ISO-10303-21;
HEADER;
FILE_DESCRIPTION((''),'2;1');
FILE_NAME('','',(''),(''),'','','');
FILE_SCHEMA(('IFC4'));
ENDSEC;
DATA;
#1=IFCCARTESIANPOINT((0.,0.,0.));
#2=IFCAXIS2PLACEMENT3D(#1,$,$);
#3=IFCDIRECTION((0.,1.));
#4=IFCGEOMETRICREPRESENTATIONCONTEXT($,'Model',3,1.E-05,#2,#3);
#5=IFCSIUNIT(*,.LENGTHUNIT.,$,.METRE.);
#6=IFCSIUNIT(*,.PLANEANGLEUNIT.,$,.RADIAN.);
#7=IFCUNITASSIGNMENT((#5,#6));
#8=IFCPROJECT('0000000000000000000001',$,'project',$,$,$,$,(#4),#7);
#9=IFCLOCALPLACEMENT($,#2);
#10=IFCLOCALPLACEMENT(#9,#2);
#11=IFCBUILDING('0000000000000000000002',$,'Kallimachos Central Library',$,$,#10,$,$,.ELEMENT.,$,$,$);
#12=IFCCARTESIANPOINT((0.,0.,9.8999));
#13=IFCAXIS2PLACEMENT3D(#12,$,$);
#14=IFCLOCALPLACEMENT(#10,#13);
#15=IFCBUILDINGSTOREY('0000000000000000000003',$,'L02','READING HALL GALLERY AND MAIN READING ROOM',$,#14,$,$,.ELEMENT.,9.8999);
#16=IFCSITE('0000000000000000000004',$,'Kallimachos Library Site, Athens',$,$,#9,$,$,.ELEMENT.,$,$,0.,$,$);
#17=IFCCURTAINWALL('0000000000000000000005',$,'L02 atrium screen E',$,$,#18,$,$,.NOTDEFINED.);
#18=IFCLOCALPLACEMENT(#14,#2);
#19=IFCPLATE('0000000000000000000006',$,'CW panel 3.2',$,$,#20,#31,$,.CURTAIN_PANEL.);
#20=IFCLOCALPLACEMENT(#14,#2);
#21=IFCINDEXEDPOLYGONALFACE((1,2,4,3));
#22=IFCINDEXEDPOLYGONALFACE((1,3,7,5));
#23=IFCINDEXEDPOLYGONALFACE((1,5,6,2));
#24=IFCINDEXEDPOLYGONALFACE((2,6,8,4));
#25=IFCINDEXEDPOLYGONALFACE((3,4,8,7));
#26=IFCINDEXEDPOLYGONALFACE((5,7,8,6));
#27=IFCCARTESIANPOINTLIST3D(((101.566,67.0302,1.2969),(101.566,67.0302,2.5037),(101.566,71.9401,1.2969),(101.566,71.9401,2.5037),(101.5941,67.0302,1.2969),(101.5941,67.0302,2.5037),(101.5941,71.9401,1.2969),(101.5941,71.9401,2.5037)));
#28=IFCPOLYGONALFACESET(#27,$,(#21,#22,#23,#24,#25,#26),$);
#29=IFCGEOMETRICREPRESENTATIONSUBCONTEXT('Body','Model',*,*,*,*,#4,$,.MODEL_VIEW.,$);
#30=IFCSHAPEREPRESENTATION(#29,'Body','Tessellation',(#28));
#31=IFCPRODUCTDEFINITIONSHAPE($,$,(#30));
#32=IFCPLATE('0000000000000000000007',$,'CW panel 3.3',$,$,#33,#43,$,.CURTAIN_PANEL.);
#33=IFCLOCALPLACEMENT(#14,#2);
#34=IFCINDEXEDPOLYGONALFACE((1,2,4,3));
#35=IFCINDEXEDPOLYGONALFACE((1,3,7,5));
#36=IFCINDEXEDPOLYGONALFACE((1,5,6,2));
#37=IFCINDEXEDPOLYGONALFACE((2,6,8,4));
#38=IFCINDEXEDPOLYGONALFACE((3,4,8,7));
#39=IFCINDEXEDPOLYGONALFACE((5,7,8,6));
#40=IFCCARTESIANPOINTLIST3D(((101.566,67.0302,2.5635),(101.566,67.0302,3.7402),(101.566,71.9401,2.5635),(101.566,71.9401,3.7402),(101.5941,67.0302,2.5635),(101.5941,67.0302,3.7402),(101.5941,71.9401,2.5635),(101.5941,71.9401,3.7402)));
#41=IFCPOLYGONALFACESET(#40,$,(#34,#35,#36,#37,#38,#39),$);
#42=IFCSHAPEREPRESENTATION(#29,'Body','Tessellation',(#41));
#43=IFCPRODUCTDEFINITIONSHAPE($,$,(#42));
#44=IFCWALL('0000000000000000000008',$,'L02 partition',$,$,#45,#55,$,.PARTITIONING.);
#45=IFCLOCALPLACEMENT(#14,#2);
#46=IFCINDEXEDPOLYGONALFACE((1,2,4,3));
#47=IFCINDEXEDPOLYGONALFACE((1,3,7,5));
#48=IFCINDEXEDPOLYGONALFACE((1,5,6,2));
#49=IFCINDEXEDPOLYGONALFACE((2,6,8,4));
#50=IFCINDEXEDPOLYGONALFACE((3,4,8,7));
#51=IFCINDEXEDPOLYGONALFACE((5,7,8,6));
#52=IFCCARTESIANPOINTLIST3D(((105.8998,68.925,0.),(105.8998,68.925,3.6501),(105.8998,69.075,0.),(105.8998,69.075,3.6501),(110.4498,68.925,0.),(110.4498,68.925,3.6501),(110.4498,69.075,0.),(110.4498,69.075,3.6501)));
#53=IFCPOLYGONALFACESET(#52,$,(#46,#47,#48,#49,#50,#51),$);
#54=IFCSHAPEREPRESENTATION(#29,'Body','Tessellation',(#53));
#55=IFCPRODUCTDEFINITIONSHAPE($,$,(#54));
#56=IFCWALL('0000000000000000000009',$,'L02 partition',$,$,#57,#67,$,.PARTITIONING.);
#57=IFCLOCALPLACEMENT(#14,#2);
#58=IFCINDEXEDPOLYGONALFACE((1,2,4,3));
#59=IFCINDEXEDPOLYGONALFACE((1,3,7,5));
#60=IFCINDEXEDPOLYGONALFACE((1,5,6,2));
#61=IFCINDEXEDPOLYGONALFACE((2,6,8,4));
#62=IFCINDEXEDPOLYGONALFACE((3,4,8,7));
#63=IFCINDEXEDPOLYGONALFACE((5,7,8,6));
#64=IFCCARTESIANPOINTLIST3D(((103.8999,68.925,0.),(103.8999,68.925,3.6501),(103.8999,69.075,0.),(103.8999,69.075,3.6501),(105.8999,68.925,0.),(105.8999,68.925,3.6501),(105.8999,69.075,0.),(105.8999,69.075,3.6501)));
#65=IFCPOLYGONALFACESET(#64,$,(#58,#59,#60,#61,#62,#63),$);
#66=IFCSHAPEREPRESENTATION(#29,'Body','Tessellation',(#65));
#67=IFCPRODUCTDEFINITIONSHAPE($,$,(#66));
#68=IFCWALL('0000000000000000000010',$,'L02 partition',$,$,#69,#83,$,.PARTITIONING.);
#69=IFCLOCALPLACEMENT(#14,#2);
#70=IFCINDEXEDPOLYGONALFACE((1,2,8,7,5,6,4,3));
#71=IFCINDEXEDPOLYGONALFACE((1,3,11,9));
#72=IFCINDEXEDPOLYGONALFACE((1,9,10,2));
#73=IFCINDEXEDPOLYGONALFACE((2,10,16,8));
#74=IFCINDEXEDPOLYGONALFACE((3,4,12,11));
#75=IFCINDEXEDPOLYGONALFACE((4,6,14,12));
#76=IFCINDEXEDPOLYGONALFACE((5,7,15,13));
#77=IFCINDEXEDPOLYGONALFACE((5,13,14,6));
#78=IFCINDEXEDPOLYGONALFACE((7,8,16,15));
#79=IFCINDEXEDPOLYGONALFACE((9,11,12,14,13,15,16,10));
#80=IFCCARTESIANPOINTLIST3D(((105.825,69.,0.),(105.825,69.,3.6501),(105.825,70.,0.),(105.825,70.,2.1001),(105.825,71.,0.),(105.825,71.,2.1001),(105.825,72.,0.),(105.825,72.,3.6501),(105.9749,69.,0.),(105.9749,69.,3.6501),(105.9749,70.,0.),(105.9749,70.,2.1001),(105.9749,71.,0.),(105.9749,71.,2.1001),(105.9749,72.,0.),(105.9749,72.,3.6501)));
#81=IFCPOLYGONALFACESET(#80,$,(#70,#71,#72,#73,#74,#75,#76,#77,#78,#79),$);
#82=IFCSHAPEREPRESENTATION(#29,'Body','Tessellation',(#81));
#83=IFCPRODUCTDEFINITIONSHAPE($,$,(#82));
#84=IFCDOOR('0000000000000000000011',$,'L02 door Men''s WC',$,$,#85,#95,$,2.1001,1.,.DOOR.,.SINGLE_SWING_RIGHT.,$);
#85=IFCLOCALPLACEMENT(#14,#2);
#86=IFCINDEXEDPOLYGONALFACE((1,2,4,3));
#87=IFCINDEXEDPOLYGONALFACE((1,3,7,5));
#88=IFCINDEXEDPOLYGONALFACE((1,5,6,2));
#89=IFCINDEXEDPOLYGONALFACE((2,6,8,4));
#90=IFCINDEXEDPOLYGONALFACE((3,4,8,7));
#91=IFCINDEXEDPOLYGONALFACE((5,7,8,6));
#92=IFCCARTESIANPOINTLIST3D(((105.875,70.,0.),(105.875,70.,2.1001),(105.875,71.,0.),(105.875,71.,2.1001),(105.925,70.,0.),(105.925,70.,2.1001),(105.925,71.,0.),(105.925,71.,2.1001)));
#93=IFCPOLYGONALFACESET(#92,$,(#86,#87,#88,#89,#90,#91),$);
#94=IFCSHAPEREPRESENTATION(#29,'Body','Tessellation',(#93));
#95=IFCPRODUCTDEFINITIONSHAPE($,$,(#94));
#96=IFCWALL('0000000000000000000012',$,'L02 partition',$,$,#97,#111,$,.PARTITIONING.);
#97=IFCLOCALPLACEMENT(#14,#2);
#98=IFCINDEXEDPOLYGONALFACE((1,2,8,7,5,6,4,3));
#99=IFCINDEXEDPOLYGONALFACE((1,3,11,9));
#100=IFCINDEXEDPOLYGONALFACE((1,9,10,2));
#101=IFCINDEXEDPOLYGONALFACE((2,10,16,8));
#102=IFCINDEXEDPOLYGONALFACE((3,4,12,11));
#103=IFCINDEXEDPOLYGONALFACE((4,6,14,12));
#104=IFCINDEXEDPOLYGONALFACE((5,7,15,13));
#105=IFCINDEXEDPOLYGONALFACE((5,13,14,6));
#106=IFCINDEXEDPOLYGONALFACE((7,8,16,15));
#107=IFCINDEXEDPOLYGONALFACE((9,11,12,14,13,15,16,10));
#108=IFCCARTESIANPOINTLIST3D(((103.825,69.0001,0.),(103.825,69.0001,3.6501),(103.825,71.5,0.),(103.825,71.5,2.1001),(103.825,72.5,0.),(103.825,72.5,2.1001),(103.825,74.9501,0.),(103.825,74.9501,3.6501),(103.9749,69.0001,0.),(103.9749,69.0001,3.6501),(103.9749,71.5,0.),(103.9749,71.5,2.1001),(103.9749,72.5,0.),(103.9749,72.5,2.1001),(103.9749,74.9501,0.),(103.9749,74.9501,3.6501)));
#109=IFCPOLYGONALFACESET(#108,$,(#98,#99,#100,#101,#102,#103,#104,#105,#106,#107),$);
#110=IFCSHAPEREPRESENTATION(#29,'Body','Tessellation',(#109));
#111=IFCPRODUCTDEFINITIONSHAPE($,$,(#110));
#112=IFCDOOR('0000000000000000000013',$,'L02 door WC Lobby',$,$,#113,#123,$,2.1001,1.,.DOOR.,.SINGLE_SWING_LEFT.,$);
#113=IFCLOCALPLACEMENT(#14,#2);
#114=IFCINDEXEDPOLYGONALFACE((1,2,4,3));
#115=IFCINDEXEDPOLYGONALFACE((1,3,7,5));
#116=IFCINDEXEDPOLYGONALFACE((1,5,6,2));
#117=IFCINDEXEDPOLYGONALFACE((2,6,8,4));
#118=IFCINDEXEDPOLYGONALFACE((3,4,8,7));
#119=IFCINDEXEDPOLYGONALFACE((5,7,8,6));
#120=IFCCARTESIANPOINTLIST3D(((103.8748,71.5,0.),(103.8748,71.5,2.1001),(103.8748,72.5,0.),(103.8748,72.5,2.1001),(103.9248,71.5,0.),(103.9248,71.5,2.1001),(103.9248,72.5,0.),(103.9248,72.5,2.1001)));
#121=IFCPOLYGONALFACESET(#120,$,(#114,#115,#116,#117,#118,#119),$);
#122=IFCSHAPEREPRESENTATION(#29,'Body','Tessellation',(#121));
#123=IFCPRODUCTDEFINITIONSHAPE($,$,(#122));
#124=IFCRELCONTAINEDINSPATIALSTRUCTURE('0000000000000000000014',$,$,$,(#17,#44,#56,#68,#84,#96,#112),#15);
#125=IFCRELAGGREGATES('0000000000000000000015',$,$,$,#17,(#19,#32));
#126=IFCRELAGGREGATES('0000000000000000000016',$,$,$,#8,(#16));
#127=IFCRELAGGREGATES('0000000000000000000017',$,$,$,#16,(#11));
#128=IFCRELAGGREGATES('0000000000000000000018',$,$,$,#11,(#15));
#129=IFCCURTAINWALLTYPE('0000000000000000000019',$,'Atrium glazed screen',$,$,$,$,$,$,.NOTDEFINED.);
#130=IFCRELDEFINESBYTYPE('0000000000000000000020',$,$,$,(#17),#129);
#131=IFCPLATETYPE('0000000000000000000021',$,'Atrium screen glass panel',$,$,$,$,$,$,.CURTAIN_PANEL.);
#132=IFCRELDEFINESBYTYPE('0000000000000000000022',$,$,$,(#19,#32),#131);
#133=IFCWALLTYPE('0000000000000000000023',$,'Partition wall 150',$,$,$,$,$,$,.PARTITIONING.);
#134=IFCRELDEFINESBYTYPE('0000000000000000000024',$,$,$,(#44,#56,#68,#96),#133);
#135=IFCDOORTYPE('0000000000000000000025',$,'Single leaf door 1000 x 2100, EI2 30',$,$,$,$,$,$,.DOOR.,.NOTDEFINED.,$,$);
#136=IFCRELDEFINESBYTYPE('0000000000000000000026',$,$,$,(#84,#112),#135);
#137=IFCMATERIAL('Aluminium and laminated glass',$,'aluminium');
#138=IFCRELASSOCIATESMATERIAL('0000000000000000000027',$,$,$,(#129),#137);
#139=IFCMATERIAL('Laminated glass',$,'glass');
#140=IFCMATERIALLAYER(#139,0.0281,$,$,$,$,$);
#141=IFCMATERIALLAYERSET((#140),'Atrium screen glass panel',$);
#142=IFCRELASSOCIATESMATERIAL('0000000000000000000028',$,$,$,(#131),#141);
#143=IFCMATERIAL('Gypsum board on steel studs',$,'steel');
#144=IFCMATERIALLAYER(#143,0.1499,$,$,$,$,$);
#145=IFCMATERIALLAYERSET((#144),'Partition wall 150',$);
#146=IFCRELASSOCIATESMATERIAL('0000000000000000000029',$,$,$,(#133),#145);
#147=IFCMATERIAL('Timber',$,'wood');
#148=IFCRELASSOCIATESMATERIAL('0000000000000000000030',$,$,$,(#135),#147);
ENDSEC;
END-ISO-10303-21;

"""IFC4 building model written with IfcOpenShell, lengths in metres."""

from ifc_helpers import new_model, si_unit, direction, frame, frame_2d, origin, origin_2d, place, context, subcontext, project, spatial, rectangle, extrude, material, layer, layer_set, type_object, element, fill, aggregate, save


model = new_model("IFC4")

# Units and contexts
model_context = context("Model", 3, precision=1e-05, world=origin(), true_north=direction((0.0, 1.0)))
body_context = subcontext(model_context, "Body", "Model", "MODEL_VIEW")
ifc_project = project(units=[si_unit("LENGTHUNIT", "METRE"), si_unit("PLANEANGLEUNIT", "RADIAN")], contexts=[model_context])

# Site, building, storey
site_placement = place(None, origin())
site = spatial("IfcSite", under=ifc_project, at=site_placement, Name="Kallimachos Library Site, Athens", CompositionType="ELEMENT", RefElevation=0.0)
building_placement = place(site_placement, origin())
building = spatial("IfcBuilding", under=site, at=building_placement, Name="Kallimachos Central Library", CompositionType="ELEMENT")
storey_placement = place(building_placement, frame((0.0, 0.0, 9.8999)))
storey = spatial("IfcBuildingStorey", under=building, at=storey_placement, Name="L02", Description="READING HALL GALLERY AND MAIN READING ROOM", CompositionType="ELEMENT", Elevation=9.8999)

# Curtain wall
ifc_material_1 = material(Name="Aluminium and laminated glass", Category="aluminium")
curtain_wall_type_1 = type_object("IfcCurtainWallType", Name="Atrium glazed screen", PredefinedType="NOTDEFINED", material=ifc_material_1)
curtain_wall_1_placement = place(storey_placement, origin())
curtain_wall_1 = element("IfcCurtainWall", 1, at=curtain_wall_1_placement, inside=storey, type_object=curtain_wall_type_1, Name="L02 atrium screen E", PredefinedType="NOTDEFINED")

# Plates
ifc_material_2 = material(Name="Laminated glass", Category="glass")
ifc_layer_1 = layer(ifc_material_2, 0.0281)
ifc_layer_set_1 = layer_set([ifc_layer_1], Name="Atrium screen glass panel")
plate_type = type_object("IfcPlateType", Name="Atrium screen glass panel", PredefinedType="CURTAIN_PANEL", material=ifc_layer_set_1)
plate_1_placement = place(storey_placement, frame((101.5801, 69.4851, 1.2969), z_axis=(0.0, 0.0, 1.0), x_axis=(0.0, 1.0, 0.0)))
plate_1 = element("IfcPlate", 2, at=plate_1_placement, type_object=plate_type, Name="CW panel 3.2", PredefinedType="CURTAIN_PANEL", context=body_context, shape_type="SweptSolid", body=[
    extrude(rectangle(XDim=4.9099, YDim=0.0281, at=origin_2d()), origin(), (0.0, 0.0, 1.0), 1.2068),
])
plate_2_placement = place(storey_placement, frame((101.5801, 69.4851, 2.5635), z_axis=(0.0, 0.0, 1.0), x_axis=(0.0, 1.0, 0.0)))
plate_2 = element("IfcPlate", 3, at=plate_2_placement, type_object=plate_type, Name="CW panel 3.3", PredefinedType="CURTAIN_PANEL", context=body_context, shape_type="SweptSolid", body=[
    extrude(rectangle(XDim=4.9099, YDim=0.0281, at=origin_2d()), origin(), (0.0, 0.0, 1.0), 1.1768),
])
aggregate(curtain_wall_1, [plate_1, plate_2])

# Walls
ifc_material_3 = material(Name="Gypsum board on steel studs", Category="steel")
ifc_layer_2 = layer(ifc_material_3, 0.1499)
ifc_layer_set_2 = layer_set([ifc_layer_2], Name="Partition wall 150")
wall_type_1 = type_object("IfcWallType", Name="Partition wall 150", PredefinedType="PARTITIONING", material=ifc_layer_set_2)
wall_1_placement = place(storey_placement, frame((105.8999, 69.0, 0.0), z_axis=(0.0, 0.0, 1.0), x_axis=(1.0, 0.0, 0.0)))
element("IfcWall", 4, at=wall_1_placement, inside=storey, type_object=wall_type_1, Name="L02 partition", PredefinedType="PARTITIONING", context=body_context, shape_type="SweptSolid", body=[
    extrude(rectangle(XDim=4.55, YDim=0.1499, at=frame_2d((2.2749, 0.0))), origin(), (0.0, 0.0, 1.0), 3.6501),
])
wall_2_placement = place(storey_placement, frame((103.8999, 69.0, 0.0), z_axis=(0.0, 0.0, 1.0), x_axis=(1.0, 0.0, 0.0)))
element("IfcWall", 5, at=wall_2_placement, inside=storey, type_object=wall_type_1, Name="L02 partition", PredefinedType="PARTITIONING", context=body_context, shape_type="SweptSolid", body=[
    extrude(rectangle(XDim=2.0, YDim=0.1499, at=frame_2d((1.0, 0.0))), origin(), (0.0, 0.0, 1.0), 3.6501),
])

# Walls, openings, doors
wall_3_placement = place(storey_placement, frame((105.8999, 69.0, 0.0), z_axis=(0.0, 0.0, 1.0), x_axis=(0.0, 1.0, 0.0)))
wall_3 = element("IfcWall", 6, at=wall_3_placement, inside=storey, type_object=wall_type_1, Name="L02 partition", PredefinedType="PARTITIONING", context=body_context, shape_type="SweptSolid", body=[
    extrude(rectangle(XDim=3.0, YDim=0.1499, at=frame_2d((1.5, 0.0))), origin(), (0.0, 0.0, 1.0), 3.6501),
])
opening_1_placement = place(wall_3_placement, frame((1.0, 0.0, 0.0)))
opening_1 = element("IfcOpeningElement", 7, at=opening_1_placement, cuts=wall_3, PredefinedType="OPENING", context=body_context, shape_type="SweptSolid", body=[
    extrude(rectangle(XDim=1.0, YDim=2.1001, at=frame_2d((0.5, 1.05))), frame((0.0, 0.085, 0.0), z_axis=(0.0, -1.0, 0.0), x_axis=(1.0, 0.0, 0.0)), (0.0, 0.0, 1.0), 0.1699),
])
ifc_material_4 = material(Name="Timber", Category="wood")
door_type = type_object("IfcDoorType", Name="Single leaf door 1000 x 2100, EI2 30", OperationType="NOTDEFINED", PredefinedType="DOOR", material=ifc_material_4)
door_1_placement = place(opening_1_placement, origin())
door_1 = element("IfcDoor", 8, at=door_1_placement, inside=storey, type_object=door_type, Name="L02 door Men's WC", OperationType="SINGLE_SWING_RIGHT", OverallHeight=2.1001, OverallWidth=1.0, PredefinedType="DOOR", context=body_context, shape_type="SweptSolid", body=[
    extrude(rectangle(XDim=1.0, YDim=2.1001, at=frame_2d((0.5, 1.05))), frame((0.0, 0.0249, 0.0), z_axis=(0.0, -1.0, 0.0), x_axis=(1.0, 0.0, 0.0)), (0.0, 0.0, 1.0), 0.05),
])
fill(opening_1, door_1)
wall_4_placement = place(storey_placement, frame((103.8999, 69.0, 0.0), z_axis=(0.0, 0.0, 1.0), x_axis=(0.0, 1.0, 0.0)))
wall_4 = element("IfcWall", 9, at=wall_4_placement, inside=storey, type_object=wall_type_1, Name="L02 partition", PredefinedType="PARTITIONING", context=body_context, shape_type="SweptSolid", body=[
    extrude(rectangle(XDim=5.95, YDim=0.1499, at=frame_2d((2.9751, 0.0))), origin(), (0.0, 0.0, 1.0), 3.6501),
])
opening_2_placement = place(wall_4_placement, frame((2.5, 0.0, 0.0)))
opening_2 = element("IfcOpeningElement", 10, at=opening_2_placement, cuts=wall_4, PredefinedType="OPENING", context=body_context, shape_type="SweptSolid", body=[
    extrude(rectangle(XDim=1.0, YDim=2.1001, at=frame_2d((0.5, 1.05))), frame((0.0, 0.085, 0.0), z_axis=(0.0, -1.0, 0.0), x_axis=(1.0, 0.0, 0.0)), (0.0, 0.0, 1.0), 0.1699),
])
door_2_placement = place(opening_2_placement, frame((1.0, 0.0, 0.0), z_axis=(0.0, 0.0, 1.0), x_axis=(-1.0, 0.0, 0.0)))
door_2 = element("IfcDoor", 11, at=door_2_placement, inside=storey, type_object=door_type, Name="L02 door WC Lobby", OperationType="SINGLE_SWING_LEFT", OverallHeight=2.1001, OverallWidth=1.0, PredefinedType="DOOR", context=body_context, shape_type="SweptSolid", body=[
    extrude(rectangle(XDim=1.0, YDim=2.1001, at=frame_2d((0.5, 1.05))), frame((0.0, 0.0249, 0.0), z_axis=(0.0, -1.0, 0.0), x_axis=(1.0, 0.0, 0.0)), (0.0, 0.0, 1.0), 0.05),
])
fill(opening_2, door_2)

save(model, "model.ifc")
